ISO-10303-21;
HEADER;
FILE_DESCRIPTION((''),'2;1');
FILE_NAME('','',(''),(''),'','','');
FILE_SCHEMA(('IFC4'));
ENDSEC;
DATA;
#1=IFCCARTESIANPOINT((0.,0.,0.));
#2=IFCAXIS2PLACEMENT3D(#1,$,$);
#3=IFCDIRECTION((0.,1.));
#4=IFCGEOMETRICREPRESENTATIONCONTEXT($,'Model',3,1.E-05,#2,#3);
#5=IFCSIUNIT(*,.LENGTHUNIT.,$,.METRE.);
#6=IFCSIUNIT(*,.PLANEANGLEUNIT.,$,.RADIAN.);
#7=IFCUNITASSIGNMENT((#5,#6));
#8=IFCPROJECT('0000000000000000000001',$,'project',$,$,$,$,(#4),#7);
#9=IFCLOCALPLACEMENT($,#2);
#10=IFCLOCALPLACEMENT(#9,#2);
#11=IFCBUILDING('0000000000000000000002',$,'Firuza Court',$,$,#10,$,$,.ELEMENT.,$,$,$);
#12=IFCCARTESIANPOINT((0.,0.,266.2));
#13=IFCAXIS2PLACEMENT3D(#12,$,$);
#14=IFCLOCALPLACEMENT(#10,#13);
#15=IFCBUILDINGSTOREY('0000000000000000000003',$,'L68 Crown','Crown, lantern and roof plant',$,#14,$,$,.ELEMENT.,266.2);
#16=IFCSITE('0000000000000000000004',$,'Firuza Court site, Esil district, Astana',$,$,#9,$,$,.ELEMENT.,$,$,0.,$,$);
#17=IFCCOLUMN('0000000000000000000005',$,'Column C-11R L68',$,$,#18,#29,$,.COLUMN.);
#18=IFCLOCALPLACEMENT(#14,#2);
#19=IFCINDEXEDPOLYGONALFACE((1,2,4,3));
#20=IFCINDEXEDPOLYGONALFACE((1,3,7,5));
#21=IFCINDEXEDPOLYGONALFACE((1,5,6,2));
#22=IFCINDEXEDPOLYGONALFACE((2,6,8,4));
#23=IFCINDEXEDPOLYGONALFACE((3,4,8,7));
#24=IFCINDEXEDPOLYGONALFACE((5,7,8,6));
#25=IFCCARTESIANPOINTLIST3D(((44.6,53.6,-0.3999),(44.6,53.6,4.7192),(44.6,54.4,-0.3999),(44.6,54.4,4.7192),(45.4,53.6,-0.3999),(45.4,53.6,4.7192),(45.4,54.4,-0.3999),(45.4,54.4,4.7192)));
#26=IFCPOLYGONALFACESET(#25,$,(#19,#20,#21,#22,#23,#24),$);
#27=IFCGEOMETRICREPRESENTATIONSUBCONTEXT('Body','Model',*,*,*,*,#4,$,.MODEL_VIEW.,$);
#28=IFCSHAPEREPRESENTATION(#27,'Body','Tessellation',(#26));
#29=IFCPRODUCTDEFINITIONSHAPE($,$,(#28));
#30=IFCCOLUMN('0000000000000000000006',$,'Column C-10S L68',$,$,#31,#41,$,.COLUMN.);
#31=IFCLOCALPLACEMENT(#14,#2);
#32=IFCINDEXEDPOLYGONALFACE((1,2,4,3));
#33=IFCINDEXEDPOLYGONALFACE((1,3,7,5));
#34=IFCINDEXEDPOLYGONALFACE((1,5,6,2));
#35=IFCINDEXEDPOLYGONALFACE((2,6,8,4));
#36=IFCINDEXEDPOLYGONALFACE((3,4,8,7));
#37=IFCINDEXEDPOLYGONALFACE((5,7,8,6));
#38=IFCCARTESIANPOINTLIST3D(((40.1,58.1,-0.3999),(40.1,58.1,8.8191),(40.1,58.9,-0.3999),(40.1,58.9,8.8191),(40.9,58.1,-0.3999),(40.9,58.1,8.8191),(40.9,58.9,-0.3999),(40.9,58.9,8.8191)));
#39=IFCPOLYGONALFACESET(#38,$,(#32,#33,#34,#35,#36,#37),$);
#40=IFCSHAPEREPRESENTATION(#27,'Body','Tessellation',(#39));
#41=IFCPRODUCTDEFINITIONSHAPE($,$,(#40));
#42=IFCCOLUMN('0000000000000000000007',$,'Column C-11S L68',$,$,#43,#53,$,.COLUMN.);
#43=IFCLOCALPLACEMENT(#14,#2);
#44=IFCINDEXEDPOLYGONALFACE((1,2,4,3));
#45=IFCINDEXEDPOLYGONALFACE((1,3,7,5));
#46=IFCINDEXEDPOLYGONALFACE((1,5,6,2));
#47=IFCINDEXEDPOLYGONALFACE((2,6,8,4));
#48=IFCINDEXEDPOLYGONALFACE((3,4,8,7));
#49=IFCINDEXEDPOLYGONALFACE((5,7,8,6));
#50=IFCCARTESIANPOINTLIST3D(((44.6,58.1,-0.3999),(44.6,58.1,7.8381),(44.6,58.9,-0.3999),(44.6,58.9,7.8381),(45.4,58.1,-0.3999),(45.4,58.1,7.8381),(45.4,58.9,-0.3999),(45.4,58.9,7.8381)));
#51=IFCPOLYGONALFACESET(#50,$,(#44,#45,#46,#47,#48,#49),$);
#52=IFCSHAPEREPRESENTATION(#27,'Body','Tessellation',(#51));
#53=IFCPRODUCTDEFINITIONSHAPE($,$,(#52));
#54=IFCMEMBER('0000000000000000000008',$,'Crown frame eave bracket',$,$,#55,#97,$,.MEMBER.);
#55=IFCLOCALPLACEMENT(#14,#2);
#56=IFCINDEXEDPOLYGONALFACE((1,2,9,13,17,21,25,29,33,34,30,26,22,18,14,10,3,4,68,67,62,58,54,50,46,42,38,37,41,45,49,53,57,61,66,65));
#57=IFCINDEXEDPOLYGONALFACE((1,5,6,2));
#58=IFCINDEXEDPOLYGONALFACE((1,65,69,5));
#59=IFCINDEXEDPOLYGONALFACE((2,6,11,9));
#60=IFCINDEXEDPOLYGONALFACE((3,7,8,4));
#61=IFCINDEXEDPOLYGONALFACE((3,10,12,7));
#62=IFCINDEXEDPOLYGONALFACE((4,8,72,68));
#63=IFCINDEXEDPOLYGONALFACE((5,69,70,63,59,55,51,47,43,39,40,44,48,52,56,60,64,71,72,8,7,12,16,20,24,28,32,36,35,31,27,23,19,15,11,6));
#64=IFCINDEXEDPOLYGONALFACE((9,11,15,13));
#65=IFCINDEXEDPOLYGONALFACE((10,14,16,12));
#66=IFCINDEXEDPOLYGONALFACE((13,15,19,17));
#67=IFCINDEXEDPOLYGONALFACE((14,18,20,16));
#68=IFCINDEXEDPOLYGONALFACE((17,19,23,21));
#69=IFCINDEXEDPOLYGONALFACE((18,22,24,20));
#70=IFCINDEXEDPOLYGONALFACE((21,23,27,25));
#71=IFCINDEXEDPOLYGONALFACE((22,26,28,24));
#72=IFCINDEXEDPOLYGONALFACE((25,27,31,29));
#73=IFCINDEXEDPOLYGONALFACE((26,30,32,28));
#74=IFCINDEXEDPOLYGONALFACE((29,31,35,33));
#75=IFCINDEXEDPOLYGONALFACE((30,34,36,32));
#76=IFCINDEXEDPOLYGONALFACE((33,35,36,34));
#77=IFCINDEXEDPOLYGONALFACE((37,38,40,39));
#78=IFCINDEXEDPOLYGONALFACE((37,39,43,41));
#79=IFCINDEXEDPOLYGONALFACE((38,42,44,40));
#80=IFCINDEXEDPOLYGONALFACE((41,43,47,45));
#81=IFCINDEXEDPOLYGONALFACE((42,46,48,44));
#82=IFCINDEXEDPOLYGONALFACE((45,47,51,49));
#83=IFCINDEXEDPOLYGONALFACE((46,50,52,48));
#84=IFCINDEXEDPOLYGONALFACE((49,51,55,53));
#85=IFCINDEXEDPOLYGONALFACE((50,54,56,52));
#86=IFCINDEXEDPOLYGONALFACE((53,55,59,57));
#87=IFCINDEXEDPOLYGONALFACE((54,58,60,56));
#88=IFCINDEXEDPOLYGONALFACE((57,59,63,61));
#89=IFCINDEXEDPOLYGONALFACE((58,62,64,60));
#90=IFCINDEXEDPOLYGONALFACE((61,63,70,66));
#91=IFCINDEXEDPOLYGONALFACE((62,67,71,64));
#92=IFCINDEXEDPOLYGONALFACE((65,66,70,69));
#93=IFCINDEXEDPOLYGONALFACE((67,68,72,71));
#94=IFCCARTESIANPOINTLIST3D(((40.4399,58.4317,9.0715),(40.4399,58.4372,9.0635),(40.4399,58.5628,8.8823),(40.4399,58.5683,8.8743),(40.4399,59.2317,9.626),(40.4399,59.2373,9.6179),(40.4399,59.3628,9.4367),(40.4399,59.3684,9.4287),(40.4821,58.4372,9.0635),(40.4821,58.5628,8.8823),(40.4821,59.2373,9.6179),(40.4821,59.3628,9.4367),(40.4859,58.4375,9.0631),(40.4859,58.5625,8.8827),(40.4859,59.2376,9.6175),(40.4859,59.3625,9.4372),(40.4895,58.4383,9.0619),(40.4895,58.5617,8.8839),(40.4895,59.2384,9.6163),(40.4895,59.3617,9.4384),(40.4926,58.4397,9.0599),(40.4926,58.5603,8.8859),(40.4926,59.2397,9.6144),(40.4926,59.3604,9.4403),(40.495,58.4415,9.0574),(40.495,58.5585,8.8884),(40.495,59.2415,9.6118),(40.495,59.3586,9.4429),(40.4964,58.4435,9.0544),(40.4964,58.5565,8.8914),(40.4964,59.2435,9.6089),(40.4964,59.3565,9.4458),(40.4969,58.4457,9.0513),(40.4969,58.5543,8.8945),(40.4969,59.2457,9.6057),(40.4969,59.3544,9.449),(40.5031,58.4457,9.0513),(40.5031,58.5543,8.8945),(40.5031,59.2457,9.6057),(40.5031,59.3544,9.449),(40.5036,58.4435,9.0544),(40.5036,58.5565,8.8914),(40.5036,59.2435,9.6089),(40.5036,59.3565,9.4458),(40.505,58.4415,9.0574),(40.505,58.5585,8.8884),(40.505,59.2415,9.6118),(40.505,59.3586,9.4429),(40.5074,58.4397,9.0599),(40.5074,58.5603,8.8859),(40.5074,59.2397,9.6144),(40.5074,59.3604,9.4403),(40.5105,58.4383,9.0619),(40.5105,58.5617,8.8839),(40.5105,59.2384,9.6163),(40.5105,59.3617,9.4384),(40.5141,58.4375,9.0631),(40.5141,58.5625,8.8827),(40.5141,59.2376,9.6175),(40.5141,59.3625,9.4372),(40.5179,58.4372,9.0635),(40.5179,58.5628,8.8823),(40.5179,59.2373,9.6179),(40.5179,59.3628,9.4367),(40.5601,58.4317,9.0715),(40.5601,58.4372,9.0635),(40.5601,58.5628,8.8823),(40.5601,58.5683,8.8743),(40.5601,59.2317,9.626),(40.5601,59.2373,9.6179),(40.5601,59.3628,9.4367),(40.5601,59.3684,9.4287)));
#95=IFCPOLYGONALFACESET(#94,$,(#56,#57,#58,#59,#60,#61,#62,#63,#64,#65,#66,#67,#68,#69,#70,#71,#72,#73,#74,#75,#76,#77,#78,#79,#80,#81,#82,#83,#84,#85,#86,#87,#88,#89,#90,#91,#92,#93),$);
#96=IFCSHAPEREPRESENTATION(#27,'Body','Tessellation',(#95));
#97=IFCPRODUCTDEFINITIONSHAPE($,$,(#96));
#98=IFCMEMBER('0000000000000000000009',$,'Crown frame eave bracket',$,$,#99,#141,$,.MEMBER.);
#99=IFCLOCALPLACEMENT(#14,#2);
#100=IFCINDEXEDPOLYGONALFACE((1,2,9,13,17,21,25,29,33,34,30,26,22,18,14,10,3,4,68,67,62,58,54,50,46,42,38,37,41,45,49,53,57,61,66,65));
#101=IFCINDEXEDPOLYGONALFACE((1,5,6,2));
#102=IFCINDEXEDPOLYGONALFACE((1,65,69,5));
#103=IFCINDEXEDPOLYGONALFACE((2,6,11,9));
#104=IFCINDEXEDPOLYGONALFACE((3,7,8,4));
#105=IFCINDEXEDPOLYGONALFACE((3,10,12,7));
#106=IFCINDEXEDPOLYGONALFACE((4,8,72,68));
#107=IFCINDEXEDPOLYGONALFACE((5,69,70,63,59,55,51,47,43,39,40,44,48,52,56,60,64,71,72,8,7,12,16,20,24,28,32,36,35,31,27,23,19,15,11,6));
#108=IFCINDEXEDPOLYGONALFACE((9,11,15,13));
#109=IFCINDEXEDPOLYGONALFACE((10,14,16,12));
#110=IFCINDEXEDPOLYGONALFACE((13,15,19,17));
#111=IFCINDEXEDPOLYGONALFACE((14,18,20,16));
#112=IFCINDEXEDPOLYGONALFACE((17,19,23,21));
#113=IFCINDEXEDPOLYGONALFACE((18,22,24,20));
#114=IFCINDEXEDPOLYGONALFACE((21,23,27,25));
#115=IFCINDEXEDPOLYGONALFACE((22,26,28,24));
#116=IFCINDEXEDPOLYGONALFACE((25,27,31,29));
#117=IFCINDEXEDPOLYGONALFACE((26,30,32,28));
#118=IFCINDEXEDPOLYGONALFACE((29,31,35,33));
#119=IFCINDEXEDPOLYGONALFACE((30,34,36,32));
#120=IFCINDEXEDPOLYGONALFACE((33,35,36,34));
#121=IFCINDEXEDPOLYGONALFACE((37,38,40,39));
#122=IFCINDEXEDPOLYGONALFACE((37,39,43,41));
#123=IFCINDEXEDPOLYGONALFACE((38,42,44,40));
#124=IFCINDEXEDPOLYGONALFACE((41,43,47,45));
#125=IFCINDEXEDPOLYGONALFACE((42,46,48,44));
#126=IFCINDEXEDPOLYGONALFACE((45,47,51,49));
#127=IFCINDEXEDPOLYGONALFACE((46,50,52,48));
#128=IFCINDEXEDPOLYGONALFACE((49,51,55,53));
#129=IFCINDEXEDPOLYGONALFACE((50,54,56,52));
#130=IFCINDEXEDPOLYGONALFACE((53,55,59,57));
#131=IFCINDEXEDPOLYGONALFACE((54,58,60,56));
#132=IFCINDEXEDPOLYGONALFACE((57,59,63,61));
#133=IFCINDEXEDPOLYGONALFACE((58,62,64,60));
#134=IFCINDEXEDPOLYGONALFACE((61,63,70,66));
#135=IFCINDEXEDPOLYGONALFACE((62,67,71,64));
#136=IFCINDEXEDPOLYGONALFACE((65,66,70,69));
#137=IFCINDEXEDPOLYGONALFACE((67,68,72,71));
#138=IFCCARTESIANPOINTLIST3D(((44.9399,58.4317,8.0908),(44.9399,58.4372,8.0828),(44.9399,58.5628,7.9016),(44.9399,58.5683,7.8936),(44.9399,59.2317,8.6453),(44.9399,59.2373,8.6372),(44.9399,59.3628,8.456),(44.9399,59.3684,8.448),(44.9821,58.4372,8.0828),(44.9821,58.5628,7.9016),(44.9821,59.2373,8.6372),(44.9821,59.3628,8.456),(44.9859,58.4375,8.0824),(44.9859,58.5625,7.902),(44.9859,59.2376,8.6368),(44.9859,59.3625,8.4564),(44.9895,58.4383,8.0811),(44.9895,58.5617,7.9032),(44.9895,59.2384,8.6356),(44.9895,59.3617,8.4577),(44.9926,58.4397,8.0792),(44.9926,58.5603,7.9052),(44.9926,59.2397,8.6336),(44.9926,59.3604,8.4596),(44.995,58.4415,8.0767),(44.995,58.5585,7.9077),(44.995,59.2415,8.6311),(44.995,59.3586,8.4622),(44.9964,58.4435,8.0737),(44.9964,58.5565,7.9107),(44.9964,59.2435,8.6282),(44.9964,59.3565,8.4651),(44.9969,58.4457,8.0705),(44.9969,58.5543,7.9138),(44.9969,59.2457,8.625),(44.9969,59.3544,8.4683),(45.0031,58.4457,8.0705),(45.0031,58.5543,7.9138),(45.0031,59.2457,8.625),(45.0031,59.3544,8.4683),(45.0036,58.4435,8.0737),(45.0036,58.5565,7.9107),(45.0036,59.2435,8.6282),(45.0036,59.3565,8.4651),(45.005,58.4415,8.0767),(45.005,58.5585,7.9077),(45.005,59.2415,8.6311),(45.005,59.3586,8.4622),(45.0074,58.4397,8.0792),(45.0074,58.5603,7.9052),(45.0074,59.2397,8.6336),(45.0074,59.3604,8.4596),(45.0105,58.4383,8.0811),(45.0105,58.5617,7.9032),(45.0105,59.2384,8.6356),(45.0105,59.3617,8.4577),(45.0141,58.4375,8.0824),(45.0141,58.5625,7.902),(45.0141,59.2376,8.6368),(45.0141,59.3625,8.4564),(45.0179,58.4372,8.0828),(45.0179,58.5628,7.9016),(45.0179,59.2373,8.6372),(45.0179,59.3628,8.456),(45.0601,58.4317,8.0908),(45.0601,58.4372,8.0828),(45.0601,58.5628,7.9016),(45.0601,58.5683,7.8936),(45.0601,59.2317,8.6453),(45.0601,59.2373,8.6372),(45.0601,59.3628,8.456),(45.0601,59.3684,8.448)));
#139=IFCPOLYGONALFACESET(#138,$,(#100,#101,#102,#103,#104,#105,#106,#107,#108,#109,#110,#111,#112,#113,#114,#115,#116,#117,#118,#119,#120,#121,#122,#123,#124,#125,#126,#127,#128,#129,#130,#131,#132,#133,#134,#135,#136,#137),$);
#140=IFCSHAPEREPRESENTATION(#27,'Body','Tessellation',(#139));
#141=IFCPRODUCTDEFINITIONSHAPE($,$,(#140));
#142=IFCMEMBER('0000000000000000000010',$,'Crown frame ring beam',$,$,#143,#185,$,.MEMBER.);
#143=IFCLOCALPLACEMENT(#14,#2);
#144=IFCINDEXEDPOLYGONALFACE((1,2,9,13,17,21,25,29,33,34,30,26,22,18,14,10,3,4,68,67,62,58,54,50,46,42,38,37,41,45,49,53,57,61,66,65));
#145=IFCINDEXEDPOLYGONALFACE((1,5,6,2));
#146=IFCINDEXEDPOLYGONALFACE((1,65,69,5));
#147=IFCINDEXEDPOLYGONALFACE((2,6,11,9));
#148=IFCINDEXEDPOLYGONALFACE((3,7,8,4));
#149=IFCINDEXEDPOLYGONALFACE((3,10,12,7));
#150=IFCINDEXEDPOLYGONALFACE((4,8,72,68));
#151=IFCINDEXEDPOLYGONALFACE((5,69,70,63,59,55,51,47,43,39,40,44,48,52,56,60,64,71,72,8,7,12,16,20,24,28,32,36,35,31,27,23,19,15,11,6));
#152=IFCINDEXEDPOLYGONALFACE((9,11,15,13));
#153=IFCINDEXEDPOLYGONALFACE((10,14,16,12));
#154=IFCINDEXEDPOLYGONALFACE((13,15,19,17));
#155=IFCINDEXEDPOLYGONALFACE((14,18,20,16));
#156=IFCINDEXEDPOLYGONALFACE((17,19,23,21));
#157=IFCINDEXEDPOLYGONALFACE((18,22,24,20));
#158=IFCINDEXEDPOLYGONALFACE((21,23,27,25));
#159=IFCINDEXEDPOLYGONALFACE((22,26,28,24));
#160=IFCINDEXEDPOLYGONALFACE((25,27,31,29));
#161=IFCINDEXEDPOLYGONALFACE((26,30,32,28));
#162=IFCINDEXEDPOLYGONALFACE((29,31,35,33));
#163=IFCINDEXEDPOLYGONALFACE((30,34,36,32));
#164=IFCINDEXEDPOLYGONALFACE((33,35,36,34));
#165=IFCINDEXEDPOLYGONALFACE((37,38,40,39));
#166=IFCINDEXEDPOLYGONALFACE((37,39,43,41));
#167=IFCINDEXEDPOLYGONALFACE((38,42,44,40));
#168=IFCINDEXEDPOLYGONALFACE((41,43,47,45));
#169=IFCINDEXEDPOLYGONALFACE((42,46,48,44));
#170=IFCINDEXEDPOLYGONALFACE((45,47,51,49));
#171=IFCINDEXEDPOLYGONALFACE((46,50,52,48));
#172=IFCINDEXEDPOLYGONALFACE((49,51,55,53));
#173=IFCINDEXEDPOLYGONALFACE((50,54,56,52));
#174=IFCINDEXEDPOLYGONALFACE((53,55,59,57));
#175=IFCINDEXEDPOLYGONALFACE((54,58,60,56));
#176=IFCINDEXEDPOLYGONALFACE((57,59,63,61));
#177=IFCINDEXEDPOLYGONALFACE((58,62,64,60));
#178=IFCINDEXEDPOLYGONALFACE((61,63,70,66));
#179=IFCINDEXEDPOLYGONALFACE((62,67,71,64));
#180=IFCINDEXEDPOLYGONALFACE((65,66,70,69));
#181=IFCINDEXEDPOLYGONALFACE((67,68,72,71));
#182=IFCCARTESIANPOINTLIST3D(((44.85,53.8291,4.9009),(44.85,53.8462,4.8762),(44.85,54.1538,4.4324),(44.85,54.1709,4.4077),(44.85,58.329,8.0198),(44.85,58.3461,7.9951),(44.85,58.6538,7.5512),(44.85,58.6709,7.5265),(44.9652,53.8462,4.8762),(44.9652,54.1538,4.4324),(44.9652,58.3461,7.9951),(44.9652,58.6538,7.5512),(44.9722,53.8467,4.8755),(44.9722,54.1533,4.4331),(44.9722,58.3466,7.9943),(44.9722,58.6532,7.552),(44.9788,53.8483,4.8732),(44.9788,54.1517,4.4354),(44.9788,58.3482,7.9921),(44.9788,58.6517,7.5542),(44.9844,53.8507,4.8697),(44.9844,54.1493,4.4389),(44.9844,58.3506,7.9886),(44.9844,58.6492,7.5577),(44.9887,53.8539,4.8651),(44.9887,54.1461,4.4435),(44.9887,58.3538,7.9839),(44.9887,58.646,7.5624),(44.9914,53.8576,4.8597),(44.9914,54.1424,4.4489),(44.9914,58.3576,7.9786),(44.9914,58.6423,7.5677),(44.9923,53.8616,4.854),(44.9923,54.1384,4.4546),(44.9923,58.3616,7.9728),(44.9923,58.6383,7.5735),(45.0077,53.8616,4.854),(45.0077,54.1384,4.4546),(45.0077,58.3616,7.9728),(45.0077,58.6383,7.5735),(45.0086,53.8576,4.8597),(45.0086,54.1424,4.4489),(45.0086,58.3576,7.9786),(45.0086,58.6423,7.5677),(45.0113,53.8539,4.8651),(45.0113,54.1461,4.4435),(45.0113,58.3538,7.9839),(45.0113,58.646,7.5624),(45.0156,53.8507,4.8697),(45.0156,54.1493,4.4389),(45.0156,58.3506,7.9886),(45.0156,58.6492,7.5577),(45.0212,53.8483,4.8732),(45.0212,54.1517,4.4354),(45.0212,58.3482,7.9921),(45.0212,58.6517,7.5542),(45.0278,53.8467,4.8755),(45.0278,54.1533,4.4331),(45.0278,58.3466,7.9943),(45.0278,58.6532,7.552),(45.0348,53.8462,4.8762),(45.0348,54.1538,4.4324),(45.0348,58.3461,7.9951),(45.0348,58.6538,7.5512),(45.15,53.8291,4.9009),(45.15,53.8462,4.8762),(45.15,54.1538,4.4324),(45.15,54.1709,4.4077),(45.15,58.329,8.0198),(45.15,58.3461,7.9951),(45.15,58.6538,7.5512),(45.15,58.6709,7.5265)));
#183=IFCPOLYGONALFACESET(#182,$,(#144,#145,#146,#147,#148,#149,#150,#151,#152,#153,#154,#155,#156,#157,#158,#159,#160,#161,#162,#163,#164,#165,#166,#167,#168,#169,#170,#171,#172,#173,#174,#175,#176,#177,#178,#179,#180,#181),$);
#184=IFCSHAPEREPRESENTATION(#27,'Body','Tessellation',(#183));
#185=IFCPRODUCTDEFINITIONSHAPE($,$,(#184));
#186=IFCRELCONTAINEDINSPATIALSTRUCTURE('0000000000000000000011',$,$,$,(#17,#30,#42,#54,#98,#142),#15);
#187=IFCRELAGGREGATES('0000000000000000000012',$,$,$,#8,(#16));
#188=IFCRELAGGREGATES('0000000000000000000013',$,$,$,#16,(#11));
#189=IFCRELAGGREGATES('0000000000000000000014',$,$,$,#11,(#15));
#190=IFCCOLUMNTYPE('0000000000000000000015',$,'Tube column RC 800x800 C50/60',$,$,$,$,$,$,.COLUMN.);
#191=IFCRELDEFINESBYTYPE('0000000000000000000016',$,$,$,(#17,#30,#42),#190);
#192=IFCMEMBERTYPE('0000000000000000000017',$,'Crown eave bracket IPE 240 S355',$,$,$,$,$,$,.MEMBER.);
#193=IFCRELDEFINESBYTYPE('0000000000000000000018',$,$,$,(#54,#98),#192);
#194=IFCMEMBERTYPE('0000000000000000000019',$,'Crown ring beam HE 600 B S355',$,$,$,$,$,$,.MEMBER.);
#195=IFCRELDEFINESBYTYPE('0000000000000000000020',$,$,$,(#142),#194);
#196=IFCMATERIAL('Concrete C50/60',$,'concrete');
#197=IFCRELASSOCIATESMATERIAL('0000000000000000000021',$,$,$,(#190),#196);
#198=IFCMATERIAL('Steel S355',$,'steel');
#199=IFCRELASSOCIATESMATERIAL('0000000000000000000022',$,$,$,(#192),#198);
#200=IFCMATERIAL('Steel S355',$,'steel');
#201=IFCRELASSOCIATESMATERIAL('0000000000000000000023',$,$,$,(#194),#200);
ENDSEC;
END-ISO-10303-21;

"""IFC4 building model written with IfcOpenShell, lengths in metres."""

from ifc_helpers import new_model, si_unit, direction, frame, origin, origin_2d, place, context, subcontext, project, spatial, rectangle, i_section, extrude, material, material_profile, profile_set, type_object, element, save


model = new_model("IFC4")

# Units and contexts
model_context = context("Model", 3, precision=1e-05, world=origin(), true_north=direction((0.0, 1.0)))
body_context = subcontext(model_context, "Body", "Model", "MODEL_VIEW")
ifc_project = project(units=[si_unit("LENGTHUNIT", "METRE"), si_unit("PLANEANGLEUNIT", "RADIAN")], contexts=[model_context])

# Site, building, storey
site_placement = place(None, origin())
site = spatial("IfcSite", under=ifc_project, at=site_placement, Name="Firuza Court site, Esil district, Astana", CompositionType="ELEMENT", RefElevation=0.0)
building_placement = place(site_placement, origin())
building = spatial("IfcBuilding", under=site, at=building_placement, Name="Firuza Court", CompositionType="ELEMENT")
storey_placement = place(building_placement, frame((0.0, 0.0, 266.2)))
storey = spatial("IfcBuildingStorey", under=building, at=storey_placement, Name="L68 Crown", Description="Crown, lantern and roof plant", CompositionType="ELEMENT", Elevation=266.2)

# Columns
ifc_material_1 = material(Name="Concrete C50/60", Category="concrete")
ifc_material_profile_1 = material_profile(ifc_material_1, rectangle(XDim=0.8, YDim=0.8, at=origin_2d()), Name="RC 800x800")
ifc_profile_set_1 = profile_set([ifc_material_profile_1], Name="Concrete C50/60")
column_type = type_object("IfcColumnType", Name="Tube column RC 800x800 C50/60", PredefinedType="COLUMN", material=ifc_profile_set_1)
column_1_placement = place(storey_placement, frame((45.0, 54.0, -0.3999), z_axis=(0.0, 0.0, 1.0), x_axis=(1.0, 0.0, 0.0)))
element("IfcColumn", 1, at=column_1_placement, inside=storey, type_object=column_type, Name="Column C-11R L68", PredefinedType="COLUMN", context=body_context, shape_type="SweptSolid", body=[
    extrude(rectangle(XDim=0.8, YDim=0.8, at=origin_2d()), origin(), (0.0, 0.0, 1.0), 5.1191),
])
column_2_placement = place(storey_placement, frame((40.5, 58.5, -0.3999), z_axis=(0.0, 0.0, 1.0), x_axis=(1.0, 0.0, 0.0)))
element("IfcColumn", 2, at=column_2_placement, inside=storey, type_object=column_type, Name="Column C-10S L68", PredefinedType="COLUMN", context=body_context, shape_type="SweptSolid", body=[
    extrude(rectangle(XDim=0.8, YDim=0.8, at=origin_2d()), origin(), (0.0, 0.0, 1.0), 9.219),
])
column_3_placement = place(storey_placement, frame((45.0, 58.5, -0.3999), z_axis=(0.0, 0.0, 1.0), x_axis=(1.0, 0.0, 0.0)))
element("IfcColumn", 3, at=column_3_placement, inside=storey, type_object=column_type, Name="Column C-11S L68", PredefinedType="COLUMN", context=body_context, shape_type="SweptSolid", body=[
    extrude(rectangle(XDim=0.8, YDim=0.8, at=origin_2d()), origin(), (0.0, 0.0, 1.0), 8.238),
])

# Members
ifc_material_2 = material(Name="Steel S355", Category="steel")
ifc_material_profile_2 = material_profile(ifc_material_2, i_section(OverallWidth=0.1201, OverallDepth=0.24, WebThickness=0.0061, FlangeThickness=0.0098, FilletRadius=0.0149, at=origin_2d()), Name="IPE 240")
ifc_profile_set_2 = profile_set([ifc_material_profile_2], Name="Steel S355")
member_type_1 = type_object("IfcMemberType", Name="Crown eave bracket IPE 240 S355", PredefinedType="MEMBER", material=ifc_profile_set_2)
for number, where, z_axis, x_axis, name in (
    (4, (40.5, 58.5, 8.9729), (0.0, 0.821921, 0.569601), (-1.0, 0.0, 0.0), "Crown frame eave bracket"),
    (5, (45.0, 58.5, 7.9922), (0.0, 0.821921, 0.569601), (-1.0, 0.0, 0.0), "Crown frame eave bracket"),
):
    element("IfcMember", number, at=place(storey_placement, frame(where, z_axis=z_axis, x_axis=x_axis)), inside=storey, type_object=member_type_1, Name=name, PredefinedType="MEMBER", context=body_context, shape_type="SweptSolid", body=[
        extrude(i_section(OverallWidth=0.1201, OverallDepth=0.24, WebThickness=0.0061, FlangeThickness=0.0098, FilletRadius=0.0149, at=origin_2d()), origin(), (0.0, 0.0, 1.0), 0.9734),
    ])
ifc_material_3 = material(Name="Steel S355", Category="steel")
ifc_material_profile_3 = material_profile(ifc_material_3, i_section(OverallWidth=0.3, OverallDepth=0.6001, WebThickness=0.0154, FlangeThickness=0.03, FilletRadius=0.0271, at=origin_2d()), Name="HE 600 B")
ifc_profile_set_3 = profile_set([ifc_material_profile_3], Name="Steel S355")
member_type_2 = type_object("IfcMemberType", Name="Crown ring beam HE 600 B S355", PredefinedType="MEMBER", material=ifc_profile_set_3)
member_1_placement = place(storey_placement, frame((45.0, 54.0, 4.6543), z_axis=(0.0, 0.821892, 0.569643), x_axis=(-1.0, 0.0, 0.0)))
element("IfcMember", 6, at=member_1_placement, inside=storey, type_object=member_type_2, Name="Crown frame ring beam", PredefinedType="MEMBER", context=body_context, shape_type="SweptSolid", body=[
    extrude(i_section(OverallWidth=0.3, OverallDepth=0.6001, WebThickness=0.0154, FlangeThickness=0.03, FilletRadius=0.0271, at=origin_2d()), origin(), (0.0, 0.0, 1.0), 5.4751),
])

save(model, "model.ifc")
